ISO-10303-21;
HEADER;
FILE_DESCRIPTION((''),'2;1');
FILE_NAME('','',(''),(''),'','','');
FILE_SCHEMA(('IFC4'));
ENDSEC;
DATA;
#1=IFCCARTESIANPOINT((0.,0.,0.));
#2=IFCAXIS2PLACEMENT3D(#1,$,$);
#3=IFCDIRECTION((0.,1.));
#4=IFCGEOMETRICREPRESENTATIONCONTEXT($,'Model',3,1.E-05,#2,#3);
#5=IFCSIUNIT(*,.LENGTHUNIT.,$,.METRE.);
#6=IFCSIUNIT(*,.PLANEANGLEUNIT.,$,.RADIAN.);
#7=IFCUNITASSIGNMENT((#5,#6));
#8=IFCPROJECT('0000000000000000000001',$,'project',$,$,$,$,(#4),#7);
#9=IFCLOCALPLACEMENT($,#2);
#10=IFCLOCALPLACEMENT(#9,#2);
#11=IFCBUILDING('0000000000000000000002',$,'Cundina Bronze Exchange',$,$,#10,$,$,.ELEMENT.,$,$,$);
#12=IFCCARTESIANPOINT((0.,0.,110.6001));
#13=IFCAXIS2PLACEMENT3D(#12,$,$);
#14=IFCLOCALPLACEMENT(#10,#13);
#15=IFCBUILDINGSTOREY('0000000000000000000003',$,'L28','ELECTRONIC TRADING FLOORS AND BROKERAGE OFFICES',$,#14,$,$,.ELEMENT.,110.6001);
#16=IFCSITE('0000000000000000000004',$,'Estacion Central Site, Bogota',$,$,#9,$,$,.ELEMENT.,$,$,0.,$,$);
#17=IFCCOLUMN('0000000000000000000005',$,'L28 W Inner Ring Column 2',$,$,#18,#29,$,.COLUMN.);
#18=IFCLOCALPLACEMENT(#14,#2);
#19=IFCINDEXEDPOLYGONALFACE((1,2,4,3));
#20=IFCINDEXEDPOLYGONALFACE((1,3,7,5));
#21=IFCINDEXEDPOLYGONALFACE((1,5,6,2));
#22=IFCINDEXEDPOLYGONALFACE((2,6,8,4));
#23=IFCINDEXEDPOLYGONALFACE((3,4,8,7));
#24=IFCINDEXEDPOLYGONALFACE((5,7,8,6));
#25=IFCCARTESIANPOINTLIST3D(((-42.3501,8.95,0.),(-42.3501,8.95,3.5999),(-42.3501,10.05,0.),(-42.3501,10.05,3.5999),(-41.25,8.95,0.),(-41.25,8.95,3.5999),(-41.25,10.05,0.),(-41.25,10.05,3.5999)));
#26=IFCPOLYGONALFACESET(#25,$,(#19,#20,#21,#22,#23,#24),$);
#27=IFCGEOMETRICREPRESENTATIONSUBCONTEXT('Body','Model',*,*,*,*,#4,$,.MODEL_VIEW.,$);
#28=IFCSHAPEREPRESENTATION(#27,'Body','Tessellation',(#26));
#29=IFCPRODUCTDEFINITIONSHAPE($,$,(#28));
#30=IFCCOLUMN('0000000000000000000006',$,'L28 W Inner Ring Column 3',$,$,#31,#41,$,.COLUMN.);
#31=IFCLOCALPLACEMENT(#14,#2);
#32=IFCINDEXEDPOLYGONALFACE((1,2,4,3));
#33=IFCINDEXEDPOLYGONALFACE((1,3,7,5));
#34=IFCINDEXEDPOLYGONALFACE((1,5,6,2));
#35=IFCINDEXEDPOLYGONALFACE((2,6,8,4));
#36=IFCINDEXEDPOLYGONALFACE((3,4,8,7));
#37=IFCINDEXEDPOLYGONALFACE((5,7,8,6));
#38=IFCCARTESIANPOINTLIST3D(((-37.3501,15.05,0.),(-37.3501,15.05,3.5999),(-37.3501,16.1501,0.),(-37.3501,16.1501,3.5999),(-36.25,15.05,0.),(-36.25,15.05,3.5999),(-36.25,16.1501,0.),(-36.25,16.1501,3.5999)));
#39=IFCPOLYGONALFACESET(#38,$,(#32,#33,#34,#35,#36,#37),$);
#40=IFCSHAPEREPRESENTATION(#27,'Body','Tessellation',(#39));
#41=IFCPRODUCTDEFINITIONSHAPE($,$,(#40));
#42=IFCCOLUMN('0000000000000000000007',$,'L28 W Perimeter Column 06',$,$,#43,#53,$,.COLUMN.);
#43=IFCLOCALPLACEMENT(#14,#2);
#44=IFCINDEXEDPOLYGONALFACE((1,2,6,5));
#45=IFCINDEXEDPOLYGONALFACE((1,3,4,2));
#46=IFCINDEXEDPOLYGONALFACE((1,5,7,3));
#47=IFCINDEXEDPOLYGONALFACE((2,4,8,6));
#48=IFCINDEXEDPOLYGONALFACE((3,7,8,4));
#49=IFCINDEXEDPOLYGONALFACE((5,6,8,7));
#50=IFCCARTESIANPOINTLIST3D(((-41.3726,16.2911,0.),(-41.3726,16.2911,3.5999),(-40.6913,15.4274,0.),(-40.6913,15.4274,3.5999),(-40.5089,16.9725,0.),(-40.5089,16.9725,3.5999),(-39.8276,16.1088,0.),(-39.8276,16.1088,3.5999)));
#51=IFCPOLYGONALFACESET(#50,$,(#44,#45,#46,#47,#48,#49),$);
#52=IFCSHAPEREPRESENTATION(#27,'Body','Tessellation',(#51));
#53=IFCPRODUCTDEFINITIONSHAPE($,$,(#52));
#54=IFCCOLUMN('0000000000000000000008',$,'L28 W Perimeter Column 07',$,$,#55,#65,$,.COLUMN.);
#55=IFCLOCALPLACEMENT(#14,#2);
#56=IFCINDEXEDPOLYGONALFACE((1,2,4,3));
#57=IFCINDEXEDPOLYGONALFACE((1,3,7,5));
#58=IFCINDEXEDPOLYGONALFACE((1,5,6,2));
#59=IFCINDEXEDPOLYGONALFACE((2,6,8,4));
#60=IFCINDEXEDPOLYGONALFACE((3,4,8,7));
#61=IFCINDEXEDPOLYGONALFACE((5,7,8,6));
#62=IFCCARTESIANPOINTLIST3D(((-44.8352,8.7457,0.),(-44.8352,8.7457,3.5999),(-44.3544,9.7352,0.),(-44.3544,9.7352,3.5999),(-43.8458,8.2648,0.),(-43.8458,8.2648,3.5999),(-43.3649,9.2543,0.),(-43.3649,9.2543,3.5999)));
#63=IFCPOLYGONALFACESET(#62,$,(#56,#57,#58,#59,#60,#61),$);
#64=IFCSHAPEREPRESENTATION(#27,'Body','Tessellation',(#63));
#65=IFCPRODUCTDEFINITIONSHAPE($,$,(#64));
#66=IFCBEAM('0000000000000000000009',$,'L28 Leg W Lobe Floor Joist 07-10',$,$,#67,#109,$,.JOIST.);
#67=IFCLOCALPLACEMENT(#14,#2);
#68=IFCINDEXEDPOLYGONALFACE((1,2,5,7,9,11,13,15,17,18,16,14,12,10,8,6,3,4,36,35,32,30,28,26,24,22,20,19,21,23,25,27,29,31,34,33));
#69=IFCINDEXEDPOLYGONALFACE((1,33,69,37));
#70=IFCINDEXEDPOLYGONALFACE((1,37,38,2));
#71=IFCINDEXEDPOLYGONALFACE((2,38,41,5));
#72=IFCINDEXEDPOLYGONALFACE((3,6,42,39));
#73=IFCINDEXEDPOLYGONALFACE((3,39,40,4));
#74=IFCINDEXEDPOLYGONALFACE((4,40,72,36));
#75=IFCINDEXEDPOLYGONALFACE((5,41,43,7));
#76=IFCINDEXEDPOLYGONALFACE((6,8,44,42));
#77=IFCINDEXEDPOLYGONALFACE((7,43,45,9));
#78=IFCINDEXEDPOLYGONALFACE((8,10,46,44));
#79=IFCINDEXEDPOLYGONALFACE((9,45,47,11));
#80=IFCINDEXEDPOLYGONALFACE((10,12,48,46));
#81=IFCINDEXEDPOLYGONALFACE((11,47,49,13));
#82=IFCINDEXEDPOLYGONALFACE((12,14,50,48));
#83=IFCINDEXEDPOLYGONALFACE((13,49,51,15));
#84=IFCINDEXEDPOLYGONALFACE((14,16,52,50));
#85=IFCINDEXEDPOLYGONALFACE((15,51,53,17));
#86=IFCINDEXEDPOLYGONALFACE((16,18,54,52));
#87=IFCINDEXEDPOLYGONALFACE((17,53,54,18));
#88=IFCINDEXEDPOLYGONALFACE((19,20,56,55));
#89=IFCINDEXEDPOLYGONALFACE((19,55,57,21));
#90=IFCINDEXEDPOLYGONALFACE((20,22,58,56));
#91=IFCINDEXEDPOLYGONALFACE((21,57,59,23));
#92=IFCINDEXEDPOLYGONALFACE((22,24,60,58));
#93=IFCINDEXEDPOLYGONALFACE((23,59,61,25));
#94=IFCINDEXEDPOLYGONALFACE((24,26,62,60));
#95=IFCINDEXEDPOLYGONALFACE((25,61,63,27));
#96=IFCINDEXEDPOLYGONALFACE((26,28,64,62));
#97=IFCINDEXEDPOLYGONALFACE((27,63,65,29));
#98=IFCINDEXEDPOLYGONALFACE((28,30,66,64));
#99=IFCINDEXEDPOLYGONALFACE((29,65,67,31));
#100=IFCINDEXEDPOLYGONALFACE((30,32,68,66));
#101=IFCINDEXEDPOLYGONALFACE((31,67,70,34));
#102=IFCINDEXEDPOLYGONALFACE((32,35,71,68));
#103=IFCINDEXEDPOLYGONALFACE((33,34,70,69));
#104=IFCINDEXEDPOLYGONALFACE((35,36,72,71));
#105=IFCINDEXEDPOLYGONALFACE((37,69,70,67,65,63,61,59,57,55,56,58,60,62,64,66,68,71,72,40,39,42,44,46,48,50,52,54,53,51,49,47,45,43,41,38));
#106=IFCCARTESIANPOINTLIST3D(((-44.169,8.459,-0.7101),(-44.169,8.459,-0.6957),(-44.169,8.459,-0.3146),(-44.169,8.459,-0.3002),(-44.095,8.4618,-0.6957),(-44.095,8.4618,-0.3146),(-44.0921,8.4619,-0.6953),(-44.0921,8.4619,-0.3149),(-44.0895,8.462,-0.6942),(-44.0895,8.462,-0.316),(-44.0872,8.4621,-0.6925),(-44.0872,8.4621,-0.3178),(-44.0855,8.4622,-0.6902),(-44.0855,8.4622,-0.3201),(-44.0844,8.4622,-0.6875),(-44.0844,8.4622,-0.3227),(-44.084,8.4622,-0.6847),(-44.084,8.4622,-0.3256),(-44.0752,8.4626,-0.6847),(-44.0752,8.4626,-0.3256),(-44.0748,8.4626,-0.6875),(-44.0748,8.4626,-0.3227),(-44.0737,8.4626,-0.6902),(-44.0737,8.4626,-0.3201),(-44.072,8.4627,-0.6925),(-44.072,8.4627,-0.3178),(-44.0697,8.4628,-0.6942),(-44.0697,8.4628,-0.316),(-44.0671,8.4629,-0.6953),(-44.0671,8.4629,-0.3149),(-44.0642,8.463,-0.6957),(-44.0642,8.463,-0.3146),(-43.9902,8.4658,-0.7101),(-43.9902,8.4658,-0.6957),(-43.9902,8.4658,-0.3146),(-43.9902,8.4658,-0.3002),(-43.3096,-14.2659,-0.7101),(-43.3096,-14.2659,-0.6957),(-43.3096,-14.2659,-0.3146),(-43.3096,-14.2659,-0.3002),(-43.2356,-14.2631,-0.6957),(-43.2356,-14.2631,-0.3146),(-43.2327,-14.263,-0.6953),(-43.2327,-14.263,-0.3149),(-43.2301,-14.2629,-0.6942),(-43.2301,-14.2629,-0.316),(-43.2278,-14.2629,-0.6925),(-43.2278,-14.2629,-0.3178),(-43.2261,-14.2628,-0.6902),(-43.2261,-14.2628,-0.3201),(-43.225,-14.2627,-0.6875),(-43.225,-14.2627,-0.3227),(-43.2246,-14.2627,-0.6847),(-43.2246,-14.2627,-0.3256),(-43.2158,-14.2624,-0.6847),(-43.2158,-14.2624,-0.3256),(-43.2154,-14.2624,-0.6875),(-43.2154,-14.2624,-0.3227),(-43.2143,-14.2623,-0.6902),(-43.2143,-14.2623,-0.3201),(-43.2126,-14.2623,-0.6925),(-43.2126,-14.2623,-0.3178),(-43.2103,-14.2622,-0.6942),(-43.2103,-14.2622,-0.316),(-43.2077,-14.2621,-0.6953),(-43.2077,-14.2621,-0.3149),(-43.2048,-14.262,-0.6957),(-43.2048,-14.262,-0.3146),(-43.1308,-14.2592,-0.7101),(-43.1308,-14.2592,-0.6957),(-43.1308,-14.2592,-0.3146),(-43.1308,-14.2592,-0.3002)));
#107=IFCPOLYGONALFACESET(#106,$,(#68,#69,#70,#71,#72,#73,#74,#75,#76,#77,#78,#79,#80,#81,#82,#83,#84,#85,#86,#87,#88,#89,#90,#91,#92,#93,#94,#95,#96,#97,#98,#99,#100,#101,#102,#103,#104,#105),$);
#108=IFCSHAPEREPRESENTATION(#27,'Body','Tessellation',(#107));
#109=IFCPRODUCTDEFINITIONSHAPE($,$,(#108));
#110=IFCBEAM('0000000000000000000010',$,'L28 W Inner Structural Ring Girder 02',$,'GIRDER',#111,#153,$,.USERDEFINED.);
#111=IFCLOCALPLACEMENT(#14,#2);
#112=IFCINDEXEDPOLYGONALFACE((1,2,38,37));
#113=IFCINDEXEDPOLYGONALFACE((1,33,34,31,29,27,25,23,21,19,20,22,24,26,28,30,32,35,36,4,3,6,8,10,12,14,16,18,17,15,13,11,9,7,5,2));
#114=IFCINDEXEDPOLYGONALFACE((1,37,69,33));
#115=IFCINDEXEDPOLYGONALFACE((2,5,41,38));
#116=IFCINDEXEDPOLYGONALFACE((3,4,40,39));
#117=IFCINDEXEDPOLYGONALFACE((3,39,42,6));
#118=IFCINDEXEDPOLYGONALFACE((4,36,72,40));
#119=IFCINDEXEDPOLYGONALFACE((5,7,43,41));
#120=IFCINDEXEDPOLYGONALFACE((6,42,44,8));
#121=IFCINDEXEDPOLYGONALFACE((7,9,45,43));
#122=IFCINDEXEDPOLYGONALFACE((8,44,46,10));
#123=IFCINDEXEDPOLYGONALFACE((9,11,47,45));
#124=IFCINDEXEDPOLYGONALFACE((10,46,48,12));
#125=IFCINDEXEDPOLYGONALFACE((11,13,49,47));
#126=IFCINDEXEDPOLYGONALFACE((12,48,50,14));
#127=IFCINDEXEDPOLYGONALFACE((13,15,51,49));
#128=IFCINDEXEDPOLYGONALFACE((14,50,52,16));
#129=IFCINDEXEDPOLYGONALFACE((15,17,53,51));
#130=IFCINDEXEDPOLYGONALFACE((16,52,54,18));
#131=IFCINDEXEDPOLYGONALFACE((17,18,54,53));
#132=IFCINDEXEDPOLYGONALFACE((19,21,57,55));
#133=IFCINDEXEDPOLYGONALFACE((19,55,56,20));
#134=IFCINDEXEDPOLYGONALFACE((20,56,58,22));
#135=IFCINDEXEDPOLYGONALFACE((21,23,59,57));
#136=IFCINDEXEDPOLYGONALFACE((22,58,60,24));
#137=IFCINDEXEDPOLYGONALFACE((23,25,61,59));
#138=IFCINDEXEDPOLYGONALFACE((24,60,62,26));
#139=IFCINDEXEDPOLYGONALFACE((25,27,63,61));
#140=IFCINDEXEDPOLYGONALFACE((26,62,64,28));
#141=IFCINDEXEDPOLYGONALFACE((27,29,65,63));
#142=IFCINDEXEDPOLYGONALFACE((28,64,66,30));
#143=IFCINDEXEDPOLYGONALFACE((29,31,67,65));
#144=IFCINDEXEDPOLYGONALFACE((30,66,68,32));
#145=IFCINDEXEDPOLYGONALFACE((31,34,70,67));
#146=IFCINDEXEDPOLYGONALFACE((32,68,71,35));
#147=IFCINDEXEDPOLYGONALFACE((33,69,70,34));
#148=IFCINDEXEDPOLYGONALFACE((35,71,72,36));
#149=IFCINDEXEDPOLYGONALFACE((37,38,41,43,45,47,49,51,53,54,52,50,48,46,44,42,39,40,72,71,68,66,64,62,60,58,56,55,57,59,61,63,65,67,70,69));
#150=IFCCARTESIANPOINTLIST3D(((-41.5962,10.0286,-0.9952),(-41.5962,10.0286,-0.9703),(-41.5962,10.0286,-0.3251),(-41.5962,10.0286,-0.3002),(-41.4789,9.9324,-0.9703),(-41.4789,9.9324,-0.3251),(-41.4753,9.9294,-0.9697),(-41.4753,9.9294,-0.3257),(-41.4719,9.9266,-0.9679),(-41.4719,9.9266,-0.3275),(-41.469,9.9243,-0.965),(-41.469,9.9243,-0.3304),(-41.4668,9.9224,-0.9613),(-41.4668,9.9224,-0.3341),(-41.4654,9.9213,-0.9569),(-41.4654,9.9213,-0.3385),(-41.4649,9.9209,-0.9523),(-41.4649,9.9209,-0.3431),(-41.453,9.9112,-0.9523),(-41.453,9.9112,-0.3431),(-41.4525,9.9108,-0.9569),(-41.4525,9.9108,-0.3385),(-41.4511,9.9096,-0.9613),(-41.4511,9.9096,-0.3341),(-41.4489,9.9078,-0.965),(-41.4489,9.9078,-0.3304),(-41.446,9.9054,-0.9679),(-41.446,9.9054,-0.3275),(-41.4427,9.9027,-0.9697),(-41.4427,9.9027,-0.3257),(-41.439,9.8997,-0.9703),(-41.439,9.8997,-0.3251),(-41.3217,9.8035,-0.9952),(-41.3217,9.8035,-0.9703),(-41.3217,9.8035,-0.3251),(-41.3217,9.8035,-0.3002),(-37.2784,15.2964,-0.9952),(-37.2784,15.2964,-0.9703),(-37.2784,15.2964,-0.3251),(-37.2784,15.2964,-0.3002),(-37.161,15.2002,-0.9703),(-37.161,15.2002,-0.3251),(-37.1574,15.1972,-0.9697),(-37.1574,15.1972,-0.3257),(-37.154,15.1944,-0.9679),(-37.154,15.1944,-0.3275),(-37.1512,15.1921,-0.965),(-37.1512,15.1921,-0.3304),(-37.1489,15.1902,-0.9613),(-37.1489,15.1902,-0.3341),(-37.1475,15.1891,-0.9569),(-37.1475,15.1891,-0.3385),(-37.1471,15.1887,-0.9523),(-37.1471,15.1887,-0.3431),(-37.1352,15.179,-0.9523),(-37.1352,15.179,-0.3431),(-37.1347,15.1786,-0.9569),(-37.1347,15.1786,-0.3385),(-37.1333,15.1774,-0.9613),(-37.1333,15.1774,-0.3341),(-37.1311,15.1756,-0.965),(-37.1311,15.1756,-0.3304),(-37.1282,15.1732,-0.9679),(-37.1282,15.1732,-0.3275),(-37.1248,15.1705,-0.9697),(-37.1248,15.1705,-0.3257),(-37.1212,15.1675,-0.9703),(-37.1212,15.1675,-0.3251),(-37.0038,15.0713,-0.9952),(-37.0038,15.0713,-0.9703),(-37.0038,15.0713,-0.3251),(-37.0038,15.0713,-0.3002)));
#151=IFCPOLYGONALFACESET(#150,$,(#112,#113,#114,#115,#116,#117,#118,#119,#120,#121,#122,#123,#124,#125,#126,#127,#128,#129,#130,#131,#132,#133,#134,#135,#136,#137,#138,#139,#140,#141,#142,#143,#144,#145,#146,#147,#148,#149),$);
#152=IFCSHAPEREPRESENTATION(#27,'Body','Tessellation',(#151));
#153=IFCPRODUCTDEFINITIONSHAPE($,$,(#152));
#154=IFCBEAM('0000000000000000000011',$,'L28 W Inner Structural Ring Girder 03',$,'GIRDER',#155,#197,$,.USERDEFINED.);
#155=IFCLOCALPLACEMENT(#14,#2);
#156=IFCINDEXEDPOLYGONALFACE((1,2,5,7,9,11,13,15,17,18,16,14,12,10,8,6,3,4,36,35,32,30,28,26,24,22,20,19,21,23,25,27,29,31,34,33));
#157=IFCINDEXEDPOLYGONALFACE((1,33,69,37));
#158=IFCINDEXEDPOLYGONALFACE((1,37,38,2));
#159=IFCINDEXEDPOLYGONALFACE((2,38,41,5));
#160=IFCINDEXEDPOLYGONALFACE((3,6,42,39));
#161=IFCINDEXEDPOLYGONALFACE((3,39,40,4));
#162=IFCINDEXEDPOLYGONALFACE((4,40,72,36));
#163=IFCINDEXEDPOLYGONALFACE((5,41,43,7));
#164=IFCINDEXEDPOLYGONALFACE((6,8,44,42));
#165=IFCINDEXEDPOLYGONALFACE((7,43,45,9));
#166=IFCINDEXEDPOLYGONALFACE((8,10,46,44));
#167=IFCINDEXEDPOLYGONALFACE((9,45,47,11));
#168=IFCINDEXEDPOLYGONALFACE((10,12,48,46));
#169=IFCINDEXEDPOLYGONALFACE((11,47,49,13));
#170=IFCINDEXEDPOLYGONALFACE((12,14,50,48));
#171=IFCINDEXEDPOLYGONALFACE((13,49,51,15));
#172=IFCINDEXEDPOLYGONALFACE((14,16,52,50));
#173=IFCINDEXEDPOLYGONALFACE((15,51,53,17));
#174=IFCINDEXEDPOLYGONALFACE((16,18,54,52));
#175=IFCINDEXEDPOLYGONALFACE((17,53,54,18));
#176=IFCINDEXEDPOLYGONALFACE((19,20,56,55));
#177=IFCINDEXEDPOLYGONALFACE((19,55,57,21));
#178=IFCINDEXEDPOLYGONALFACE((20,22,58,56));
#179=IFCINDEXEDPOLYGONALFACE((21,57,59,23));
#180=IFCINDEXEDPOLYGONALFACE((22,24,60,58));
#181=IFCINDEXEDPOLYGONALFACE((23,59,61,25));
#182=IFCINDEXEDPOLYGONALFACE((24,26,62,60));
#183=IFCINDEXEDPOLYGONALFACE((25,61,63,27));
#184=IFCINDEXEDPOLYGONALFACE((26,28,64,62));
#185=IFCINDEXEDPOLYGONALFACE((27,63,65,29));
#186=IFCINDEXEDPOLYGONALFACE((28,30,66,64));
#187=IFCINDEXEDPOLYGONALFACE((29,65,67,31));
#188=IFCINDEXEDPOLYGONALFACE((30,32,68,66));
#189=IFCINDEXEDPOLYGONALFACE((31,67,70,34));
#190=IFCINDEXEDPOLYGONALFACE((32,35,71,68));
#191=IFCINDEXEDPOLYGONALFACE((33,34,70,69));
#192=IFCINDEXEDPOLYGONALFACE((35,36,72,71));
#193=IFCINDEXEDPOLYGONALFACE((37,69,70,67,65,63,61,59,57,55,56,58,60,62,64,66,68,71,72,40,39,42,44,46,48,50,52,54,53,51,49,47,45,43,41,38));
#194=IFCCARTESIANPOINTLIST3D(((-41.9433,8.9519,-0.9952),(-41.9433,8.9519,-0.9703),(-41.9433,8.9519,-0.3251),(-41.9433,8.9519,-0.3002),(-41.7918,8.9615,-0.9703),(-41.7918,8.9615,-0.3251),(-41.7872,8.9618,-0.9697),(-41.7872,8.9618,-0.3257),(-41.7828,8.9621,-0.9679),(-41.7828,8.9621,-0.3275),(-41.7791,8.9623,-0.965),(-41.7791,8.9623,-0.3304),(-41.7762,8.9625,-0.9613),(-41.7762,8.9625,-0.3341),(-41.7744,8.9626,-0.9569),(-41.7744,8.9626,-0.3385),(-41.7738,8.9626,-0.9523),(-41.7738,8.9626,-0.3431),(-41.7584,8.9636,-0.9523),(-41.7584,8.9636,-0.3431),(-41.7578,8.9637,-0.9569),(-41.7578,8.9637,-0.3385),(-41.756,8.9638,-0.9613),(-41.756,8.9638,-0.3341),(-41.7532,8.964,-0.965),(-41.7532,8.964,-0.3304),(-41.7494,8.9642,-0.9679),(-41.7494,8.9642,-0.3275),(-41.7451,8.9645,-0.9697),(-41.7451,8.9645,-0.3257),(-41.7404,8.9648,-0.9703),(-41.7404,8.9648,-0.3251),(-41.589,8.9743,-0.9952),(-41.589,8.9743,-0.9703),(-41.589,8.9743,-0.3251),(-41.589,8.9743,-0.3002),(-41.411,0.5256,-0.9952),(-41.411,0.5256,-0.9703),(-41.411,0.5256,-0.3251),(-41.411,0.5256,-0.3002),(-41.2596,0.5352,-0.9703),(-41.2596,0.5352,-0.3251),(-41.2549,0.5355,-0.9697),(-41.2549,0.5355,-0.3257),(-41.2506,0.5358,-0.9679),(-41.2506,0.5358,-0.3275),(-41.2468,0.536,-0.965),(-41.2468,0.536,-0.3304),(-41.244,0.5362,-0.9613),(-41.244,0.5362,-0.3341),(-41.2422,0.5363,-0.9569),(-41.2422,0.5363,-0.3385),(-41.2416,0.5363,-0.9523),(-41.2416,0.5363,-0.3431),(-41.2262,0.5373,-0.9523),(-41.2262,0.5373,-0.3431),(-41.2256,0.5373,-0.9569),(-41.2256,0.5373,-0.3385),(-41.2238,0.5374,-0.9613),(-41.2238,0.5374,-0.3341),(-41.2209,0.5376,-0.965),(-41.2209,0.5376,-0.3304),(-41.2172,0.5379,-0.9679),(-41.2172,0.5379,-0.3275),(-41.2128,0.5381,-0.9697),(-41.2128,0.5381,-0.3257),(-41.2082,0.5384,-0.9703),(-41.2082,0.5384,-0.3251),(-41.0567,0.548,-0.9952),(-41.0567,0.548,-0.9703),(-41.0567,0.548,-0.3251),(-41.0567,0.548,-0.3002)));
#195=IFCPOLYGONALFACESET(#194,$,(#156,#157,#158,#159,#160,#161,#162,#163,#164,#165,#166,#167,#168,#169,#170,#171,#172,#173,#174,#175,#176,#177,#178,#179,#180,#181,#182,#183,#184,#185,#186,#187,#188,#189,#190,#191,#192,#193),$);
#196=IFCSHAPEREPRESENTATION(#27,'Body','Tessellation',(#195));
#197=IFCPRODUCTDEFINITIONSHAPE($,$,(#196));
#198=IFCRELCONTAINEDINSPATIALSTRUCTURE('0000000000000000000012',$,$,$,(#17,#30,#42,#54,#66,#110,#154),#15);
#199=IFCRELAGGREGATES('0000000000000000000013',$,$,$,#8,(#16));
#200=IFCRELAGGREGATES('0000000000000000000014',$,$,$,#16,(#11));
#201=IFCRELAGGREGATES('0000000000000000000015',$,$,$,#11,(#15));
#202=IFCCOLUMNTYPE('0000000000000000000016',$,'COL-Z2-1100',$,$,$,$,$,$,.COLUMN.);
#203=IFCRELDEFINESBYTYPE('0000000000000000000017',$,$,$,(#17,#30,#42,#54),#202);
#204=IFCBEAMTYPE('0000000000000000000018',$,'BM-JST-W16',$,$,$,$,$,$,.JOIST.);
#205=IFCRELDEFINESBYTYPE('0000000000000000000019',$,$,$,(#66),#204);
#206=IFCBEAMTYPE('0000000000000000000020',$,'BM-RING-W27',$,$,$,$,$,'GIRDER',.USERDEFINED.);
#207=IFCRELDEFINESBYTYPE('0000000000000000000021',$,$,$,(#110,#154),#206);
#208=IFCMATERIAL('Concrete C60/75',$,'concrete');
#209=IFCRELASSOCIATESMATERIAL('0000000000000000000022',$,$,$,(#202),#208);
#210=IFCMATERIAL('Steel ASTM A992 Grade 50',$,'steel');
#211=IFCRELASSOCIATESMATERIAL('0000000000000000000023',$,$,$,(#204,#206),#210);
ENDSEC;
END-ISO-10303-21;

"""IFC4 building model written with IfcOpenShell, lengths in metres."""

from ifc_helpers import new_model, si_unit, direction, frame, origin, origin_2d, place, context, subcontext, project, spatial, rectangle, i_section, extrude, material, material_profile, profile_set, type_object, element, save


model = new_model("IFC4")

# Units and contexts
model_context = context("Model", 3, precision=1e-05, world=origin(), true_north=direction((0.0, 1.0)))
body_context = subcontext(model_context, "Body", "Model", "MODEL_VIEW")
ifc_project = project(units=[si_unit("LENGTHUNIT", "METRE"), si_unit("PLANEANGLEUNIT", "RADIAN")], contexts=[model_context])

# Site, building, storey
site_placement = place(None, origin())
site = spatial("IfcSite", under=ifc_project, at=site_placement, Name="Estacion Central Site, Bogota", CompositionType="ELEMENT", RefElevation=0.0)
building_placement = place(site_placement, origin())
building = spatial("IfcBuilding", under=site, at=building_placement, Name="Cundina Bronze Exchange", CompositionType="ELEMENT")
storey_placement = place(building_placement, frame((0.0, 0.0, 110.6001)))
storey = spatial("IfcBuildingStorey", under=building, at=storey_placement, Name="L28", Description="ELECTRONIC TRADING FLOORS AND BROKERAGE OFFICES", CompositionType="ELEMENT", Elevation=110.6001)

# Columns
ifc_material_1 = material(Name="Concrete C60/75", Category="concrete")
ifc_material_profile_1 = material_profile(ifc_material_1, rectangle(XDim=1.1001, YDim=1.1001, at=origin_2d()), Name="RC1100X1100", Category="concrete")
ifc_profile_set_1 = profile_set([ifc_material_profile_1], Name="Concrete C60/75")
column_type = type_object("IfcColumnType", Name="COL-Z2-1100", PredefinedType="COLUMN", material=ifc_profile_set_1)
for number, where, z_axis, x_axis, name in (
    (1, (-41.8, 9.5, 0.0), (0.0, 0.0, 1.0), (1.0, 0.0, 0.0), "L28 W Inner Ring Column 2"),
    (2, (-36.8, 15.6001, 0.0), (0.0, 0.0, 1.0), (1.0, 0.0, 0.0), "L28 W Inner Ring Column 3"),
    (3, (-40.6001, 16.2, 0.0), (0.0, 0.0, 1.0), (-0.785101, -0.619368, 0.0), "L28 W Perimeter Column 06"),
    (4, (-44.1001, 9.0, 0.0), (0.0, 0.0, 1.0), (-0.437116, -0.899405, 0.0), "L28 W Perimeter Column 07"),
):
    element("IfcColumn", number, at=place(storey_placement, frame(where, z_axis=z_axis, x_axis=x_axis)), inside=storey, type_object=column_type, Name=name, PredefinedType="COLUMN", context=body_context, shape_type="SweptSolid", body=[
        extrude(rectangle(XDim=1.1001, YDim=1.1001, at=origin_2d()), origin(), (0.0, 0.0, 1.0), 3.5999),
    ])

# Beams
ifc_material_2 = material(Name="Steel ASTM A992 Grade 50", Category="steel")
ifc_material_profile_2 = material_profile(ifc_material_2, i_section(OverallWidth=0.179, OverallDepth=0.4099, WebThickness=0.0088, FlangeThickness=0.0144, FilletRadius=0.011, at=origin_2d()), Name="W16X45", Category="steel")
ifc_profile_set_2 = profile_set([ifc_material_profile_2], Name="Steel ASTM A992 Grade 50")
beam_type_1 = type_object("IfcBeamType", Name="BM-JST-W16", PredefinedType="JOIST", material=ifc_profile_set_2)
beam_1_placement = place(storey_placement, frame((-44.0796, 8.4624, -0.5051), z_axis=(0.03779, -0.999286, 0.0), x_axis=(0.999286, 0.03779, 0.0)))
element("IfcBeam", 5, at=beam_1_placement, inside=storey, type_object=beam_type_1, Name="L28 Leg W Lobe Floor Joist 07-10", PredefinedType="JOIST", context=body_context, shape_type="SweptSolid", body=[
    extrude(i_section(OverallWidth=0.179, OverallDepth=0.4099, WebThickness=0.0088, FlangeThickness=0.0144, FilletRadius=0.011, at=origin_2d()), origin(), (0.0, 0.0, 1.0), 22.7412),
])
ifc_material_profile_3 = material_profile(ifc_material_2, i_section(OverallWidth=0.355, OverallDepth=0.6951, WebThickness=0.0154, FlangeThickness=0.0249, FilletRadius=0.0181, at=origin_2d()), Name="W27X146", Category="steel")
ifc_profile_set_3 = profile_set([ifc_material_profile_3], Name="Steel ASTM A992 Grade 50")
beam_type_2 = type_object("IfcBeamType", Name="BM-RING-W27", ElementType="GIRDER", PredefinedType="USERDEFINED", material=ifc_profile_set_3)
beam_2_placement = place(storey_placement, frame((-37.1411, 15.1838, -0.6477), z_axis=(-0.633927, -0.773393, 0.0), x_axis=(0.773393, -0.633927, 0.0)))
element("IfcBeam", 6, at=beam_2_placement, inside=storey, type_object=beam_type_2, Name="L28 W Inner Structural Ring Girder 02", ObjectType="GIRDER", PredefinedType="USERDEFINED", context=body_context, shape_type="SweptSolid", body=[
    extrude(i_section(OverallWidth=0.355, OverallDepth=0.6951, WebThickness=0.0154, FlangeThickness=0.0249, FilletRadius=0.0181, at=origin_2d()), origin(), (0.0, 0.0, 1.0), 6.8113),
])
beam_3_placement = place(storey_placement, frame((-41.7661, 8.9631, -0.6477), z_axis=(0.063037, -0.998011, 0.0), x_axis=(0.998011, 0.063037, 0.0)))
element("IfcBeam", 7, at=beam_3_placement, inside=storey, type_object=beam_type_2, Name="L28 W Inner Structural Ring Girder 03", ObjectType="GIRDER", PredefinedType="USERDEFINED", context=body_context, shape_type="SweptSolid", body=[
    extrude(i_section(OverallWidth=0.355, OverallDepth=0.6951, WebThickness=0.0154, FlangeThickness=0.0249, FilletRadius=0.0181, at=origin_2d()), origin(), (0.0, 0.0, 1.0), 8.4431),
])

save(model, "model.ifc")
